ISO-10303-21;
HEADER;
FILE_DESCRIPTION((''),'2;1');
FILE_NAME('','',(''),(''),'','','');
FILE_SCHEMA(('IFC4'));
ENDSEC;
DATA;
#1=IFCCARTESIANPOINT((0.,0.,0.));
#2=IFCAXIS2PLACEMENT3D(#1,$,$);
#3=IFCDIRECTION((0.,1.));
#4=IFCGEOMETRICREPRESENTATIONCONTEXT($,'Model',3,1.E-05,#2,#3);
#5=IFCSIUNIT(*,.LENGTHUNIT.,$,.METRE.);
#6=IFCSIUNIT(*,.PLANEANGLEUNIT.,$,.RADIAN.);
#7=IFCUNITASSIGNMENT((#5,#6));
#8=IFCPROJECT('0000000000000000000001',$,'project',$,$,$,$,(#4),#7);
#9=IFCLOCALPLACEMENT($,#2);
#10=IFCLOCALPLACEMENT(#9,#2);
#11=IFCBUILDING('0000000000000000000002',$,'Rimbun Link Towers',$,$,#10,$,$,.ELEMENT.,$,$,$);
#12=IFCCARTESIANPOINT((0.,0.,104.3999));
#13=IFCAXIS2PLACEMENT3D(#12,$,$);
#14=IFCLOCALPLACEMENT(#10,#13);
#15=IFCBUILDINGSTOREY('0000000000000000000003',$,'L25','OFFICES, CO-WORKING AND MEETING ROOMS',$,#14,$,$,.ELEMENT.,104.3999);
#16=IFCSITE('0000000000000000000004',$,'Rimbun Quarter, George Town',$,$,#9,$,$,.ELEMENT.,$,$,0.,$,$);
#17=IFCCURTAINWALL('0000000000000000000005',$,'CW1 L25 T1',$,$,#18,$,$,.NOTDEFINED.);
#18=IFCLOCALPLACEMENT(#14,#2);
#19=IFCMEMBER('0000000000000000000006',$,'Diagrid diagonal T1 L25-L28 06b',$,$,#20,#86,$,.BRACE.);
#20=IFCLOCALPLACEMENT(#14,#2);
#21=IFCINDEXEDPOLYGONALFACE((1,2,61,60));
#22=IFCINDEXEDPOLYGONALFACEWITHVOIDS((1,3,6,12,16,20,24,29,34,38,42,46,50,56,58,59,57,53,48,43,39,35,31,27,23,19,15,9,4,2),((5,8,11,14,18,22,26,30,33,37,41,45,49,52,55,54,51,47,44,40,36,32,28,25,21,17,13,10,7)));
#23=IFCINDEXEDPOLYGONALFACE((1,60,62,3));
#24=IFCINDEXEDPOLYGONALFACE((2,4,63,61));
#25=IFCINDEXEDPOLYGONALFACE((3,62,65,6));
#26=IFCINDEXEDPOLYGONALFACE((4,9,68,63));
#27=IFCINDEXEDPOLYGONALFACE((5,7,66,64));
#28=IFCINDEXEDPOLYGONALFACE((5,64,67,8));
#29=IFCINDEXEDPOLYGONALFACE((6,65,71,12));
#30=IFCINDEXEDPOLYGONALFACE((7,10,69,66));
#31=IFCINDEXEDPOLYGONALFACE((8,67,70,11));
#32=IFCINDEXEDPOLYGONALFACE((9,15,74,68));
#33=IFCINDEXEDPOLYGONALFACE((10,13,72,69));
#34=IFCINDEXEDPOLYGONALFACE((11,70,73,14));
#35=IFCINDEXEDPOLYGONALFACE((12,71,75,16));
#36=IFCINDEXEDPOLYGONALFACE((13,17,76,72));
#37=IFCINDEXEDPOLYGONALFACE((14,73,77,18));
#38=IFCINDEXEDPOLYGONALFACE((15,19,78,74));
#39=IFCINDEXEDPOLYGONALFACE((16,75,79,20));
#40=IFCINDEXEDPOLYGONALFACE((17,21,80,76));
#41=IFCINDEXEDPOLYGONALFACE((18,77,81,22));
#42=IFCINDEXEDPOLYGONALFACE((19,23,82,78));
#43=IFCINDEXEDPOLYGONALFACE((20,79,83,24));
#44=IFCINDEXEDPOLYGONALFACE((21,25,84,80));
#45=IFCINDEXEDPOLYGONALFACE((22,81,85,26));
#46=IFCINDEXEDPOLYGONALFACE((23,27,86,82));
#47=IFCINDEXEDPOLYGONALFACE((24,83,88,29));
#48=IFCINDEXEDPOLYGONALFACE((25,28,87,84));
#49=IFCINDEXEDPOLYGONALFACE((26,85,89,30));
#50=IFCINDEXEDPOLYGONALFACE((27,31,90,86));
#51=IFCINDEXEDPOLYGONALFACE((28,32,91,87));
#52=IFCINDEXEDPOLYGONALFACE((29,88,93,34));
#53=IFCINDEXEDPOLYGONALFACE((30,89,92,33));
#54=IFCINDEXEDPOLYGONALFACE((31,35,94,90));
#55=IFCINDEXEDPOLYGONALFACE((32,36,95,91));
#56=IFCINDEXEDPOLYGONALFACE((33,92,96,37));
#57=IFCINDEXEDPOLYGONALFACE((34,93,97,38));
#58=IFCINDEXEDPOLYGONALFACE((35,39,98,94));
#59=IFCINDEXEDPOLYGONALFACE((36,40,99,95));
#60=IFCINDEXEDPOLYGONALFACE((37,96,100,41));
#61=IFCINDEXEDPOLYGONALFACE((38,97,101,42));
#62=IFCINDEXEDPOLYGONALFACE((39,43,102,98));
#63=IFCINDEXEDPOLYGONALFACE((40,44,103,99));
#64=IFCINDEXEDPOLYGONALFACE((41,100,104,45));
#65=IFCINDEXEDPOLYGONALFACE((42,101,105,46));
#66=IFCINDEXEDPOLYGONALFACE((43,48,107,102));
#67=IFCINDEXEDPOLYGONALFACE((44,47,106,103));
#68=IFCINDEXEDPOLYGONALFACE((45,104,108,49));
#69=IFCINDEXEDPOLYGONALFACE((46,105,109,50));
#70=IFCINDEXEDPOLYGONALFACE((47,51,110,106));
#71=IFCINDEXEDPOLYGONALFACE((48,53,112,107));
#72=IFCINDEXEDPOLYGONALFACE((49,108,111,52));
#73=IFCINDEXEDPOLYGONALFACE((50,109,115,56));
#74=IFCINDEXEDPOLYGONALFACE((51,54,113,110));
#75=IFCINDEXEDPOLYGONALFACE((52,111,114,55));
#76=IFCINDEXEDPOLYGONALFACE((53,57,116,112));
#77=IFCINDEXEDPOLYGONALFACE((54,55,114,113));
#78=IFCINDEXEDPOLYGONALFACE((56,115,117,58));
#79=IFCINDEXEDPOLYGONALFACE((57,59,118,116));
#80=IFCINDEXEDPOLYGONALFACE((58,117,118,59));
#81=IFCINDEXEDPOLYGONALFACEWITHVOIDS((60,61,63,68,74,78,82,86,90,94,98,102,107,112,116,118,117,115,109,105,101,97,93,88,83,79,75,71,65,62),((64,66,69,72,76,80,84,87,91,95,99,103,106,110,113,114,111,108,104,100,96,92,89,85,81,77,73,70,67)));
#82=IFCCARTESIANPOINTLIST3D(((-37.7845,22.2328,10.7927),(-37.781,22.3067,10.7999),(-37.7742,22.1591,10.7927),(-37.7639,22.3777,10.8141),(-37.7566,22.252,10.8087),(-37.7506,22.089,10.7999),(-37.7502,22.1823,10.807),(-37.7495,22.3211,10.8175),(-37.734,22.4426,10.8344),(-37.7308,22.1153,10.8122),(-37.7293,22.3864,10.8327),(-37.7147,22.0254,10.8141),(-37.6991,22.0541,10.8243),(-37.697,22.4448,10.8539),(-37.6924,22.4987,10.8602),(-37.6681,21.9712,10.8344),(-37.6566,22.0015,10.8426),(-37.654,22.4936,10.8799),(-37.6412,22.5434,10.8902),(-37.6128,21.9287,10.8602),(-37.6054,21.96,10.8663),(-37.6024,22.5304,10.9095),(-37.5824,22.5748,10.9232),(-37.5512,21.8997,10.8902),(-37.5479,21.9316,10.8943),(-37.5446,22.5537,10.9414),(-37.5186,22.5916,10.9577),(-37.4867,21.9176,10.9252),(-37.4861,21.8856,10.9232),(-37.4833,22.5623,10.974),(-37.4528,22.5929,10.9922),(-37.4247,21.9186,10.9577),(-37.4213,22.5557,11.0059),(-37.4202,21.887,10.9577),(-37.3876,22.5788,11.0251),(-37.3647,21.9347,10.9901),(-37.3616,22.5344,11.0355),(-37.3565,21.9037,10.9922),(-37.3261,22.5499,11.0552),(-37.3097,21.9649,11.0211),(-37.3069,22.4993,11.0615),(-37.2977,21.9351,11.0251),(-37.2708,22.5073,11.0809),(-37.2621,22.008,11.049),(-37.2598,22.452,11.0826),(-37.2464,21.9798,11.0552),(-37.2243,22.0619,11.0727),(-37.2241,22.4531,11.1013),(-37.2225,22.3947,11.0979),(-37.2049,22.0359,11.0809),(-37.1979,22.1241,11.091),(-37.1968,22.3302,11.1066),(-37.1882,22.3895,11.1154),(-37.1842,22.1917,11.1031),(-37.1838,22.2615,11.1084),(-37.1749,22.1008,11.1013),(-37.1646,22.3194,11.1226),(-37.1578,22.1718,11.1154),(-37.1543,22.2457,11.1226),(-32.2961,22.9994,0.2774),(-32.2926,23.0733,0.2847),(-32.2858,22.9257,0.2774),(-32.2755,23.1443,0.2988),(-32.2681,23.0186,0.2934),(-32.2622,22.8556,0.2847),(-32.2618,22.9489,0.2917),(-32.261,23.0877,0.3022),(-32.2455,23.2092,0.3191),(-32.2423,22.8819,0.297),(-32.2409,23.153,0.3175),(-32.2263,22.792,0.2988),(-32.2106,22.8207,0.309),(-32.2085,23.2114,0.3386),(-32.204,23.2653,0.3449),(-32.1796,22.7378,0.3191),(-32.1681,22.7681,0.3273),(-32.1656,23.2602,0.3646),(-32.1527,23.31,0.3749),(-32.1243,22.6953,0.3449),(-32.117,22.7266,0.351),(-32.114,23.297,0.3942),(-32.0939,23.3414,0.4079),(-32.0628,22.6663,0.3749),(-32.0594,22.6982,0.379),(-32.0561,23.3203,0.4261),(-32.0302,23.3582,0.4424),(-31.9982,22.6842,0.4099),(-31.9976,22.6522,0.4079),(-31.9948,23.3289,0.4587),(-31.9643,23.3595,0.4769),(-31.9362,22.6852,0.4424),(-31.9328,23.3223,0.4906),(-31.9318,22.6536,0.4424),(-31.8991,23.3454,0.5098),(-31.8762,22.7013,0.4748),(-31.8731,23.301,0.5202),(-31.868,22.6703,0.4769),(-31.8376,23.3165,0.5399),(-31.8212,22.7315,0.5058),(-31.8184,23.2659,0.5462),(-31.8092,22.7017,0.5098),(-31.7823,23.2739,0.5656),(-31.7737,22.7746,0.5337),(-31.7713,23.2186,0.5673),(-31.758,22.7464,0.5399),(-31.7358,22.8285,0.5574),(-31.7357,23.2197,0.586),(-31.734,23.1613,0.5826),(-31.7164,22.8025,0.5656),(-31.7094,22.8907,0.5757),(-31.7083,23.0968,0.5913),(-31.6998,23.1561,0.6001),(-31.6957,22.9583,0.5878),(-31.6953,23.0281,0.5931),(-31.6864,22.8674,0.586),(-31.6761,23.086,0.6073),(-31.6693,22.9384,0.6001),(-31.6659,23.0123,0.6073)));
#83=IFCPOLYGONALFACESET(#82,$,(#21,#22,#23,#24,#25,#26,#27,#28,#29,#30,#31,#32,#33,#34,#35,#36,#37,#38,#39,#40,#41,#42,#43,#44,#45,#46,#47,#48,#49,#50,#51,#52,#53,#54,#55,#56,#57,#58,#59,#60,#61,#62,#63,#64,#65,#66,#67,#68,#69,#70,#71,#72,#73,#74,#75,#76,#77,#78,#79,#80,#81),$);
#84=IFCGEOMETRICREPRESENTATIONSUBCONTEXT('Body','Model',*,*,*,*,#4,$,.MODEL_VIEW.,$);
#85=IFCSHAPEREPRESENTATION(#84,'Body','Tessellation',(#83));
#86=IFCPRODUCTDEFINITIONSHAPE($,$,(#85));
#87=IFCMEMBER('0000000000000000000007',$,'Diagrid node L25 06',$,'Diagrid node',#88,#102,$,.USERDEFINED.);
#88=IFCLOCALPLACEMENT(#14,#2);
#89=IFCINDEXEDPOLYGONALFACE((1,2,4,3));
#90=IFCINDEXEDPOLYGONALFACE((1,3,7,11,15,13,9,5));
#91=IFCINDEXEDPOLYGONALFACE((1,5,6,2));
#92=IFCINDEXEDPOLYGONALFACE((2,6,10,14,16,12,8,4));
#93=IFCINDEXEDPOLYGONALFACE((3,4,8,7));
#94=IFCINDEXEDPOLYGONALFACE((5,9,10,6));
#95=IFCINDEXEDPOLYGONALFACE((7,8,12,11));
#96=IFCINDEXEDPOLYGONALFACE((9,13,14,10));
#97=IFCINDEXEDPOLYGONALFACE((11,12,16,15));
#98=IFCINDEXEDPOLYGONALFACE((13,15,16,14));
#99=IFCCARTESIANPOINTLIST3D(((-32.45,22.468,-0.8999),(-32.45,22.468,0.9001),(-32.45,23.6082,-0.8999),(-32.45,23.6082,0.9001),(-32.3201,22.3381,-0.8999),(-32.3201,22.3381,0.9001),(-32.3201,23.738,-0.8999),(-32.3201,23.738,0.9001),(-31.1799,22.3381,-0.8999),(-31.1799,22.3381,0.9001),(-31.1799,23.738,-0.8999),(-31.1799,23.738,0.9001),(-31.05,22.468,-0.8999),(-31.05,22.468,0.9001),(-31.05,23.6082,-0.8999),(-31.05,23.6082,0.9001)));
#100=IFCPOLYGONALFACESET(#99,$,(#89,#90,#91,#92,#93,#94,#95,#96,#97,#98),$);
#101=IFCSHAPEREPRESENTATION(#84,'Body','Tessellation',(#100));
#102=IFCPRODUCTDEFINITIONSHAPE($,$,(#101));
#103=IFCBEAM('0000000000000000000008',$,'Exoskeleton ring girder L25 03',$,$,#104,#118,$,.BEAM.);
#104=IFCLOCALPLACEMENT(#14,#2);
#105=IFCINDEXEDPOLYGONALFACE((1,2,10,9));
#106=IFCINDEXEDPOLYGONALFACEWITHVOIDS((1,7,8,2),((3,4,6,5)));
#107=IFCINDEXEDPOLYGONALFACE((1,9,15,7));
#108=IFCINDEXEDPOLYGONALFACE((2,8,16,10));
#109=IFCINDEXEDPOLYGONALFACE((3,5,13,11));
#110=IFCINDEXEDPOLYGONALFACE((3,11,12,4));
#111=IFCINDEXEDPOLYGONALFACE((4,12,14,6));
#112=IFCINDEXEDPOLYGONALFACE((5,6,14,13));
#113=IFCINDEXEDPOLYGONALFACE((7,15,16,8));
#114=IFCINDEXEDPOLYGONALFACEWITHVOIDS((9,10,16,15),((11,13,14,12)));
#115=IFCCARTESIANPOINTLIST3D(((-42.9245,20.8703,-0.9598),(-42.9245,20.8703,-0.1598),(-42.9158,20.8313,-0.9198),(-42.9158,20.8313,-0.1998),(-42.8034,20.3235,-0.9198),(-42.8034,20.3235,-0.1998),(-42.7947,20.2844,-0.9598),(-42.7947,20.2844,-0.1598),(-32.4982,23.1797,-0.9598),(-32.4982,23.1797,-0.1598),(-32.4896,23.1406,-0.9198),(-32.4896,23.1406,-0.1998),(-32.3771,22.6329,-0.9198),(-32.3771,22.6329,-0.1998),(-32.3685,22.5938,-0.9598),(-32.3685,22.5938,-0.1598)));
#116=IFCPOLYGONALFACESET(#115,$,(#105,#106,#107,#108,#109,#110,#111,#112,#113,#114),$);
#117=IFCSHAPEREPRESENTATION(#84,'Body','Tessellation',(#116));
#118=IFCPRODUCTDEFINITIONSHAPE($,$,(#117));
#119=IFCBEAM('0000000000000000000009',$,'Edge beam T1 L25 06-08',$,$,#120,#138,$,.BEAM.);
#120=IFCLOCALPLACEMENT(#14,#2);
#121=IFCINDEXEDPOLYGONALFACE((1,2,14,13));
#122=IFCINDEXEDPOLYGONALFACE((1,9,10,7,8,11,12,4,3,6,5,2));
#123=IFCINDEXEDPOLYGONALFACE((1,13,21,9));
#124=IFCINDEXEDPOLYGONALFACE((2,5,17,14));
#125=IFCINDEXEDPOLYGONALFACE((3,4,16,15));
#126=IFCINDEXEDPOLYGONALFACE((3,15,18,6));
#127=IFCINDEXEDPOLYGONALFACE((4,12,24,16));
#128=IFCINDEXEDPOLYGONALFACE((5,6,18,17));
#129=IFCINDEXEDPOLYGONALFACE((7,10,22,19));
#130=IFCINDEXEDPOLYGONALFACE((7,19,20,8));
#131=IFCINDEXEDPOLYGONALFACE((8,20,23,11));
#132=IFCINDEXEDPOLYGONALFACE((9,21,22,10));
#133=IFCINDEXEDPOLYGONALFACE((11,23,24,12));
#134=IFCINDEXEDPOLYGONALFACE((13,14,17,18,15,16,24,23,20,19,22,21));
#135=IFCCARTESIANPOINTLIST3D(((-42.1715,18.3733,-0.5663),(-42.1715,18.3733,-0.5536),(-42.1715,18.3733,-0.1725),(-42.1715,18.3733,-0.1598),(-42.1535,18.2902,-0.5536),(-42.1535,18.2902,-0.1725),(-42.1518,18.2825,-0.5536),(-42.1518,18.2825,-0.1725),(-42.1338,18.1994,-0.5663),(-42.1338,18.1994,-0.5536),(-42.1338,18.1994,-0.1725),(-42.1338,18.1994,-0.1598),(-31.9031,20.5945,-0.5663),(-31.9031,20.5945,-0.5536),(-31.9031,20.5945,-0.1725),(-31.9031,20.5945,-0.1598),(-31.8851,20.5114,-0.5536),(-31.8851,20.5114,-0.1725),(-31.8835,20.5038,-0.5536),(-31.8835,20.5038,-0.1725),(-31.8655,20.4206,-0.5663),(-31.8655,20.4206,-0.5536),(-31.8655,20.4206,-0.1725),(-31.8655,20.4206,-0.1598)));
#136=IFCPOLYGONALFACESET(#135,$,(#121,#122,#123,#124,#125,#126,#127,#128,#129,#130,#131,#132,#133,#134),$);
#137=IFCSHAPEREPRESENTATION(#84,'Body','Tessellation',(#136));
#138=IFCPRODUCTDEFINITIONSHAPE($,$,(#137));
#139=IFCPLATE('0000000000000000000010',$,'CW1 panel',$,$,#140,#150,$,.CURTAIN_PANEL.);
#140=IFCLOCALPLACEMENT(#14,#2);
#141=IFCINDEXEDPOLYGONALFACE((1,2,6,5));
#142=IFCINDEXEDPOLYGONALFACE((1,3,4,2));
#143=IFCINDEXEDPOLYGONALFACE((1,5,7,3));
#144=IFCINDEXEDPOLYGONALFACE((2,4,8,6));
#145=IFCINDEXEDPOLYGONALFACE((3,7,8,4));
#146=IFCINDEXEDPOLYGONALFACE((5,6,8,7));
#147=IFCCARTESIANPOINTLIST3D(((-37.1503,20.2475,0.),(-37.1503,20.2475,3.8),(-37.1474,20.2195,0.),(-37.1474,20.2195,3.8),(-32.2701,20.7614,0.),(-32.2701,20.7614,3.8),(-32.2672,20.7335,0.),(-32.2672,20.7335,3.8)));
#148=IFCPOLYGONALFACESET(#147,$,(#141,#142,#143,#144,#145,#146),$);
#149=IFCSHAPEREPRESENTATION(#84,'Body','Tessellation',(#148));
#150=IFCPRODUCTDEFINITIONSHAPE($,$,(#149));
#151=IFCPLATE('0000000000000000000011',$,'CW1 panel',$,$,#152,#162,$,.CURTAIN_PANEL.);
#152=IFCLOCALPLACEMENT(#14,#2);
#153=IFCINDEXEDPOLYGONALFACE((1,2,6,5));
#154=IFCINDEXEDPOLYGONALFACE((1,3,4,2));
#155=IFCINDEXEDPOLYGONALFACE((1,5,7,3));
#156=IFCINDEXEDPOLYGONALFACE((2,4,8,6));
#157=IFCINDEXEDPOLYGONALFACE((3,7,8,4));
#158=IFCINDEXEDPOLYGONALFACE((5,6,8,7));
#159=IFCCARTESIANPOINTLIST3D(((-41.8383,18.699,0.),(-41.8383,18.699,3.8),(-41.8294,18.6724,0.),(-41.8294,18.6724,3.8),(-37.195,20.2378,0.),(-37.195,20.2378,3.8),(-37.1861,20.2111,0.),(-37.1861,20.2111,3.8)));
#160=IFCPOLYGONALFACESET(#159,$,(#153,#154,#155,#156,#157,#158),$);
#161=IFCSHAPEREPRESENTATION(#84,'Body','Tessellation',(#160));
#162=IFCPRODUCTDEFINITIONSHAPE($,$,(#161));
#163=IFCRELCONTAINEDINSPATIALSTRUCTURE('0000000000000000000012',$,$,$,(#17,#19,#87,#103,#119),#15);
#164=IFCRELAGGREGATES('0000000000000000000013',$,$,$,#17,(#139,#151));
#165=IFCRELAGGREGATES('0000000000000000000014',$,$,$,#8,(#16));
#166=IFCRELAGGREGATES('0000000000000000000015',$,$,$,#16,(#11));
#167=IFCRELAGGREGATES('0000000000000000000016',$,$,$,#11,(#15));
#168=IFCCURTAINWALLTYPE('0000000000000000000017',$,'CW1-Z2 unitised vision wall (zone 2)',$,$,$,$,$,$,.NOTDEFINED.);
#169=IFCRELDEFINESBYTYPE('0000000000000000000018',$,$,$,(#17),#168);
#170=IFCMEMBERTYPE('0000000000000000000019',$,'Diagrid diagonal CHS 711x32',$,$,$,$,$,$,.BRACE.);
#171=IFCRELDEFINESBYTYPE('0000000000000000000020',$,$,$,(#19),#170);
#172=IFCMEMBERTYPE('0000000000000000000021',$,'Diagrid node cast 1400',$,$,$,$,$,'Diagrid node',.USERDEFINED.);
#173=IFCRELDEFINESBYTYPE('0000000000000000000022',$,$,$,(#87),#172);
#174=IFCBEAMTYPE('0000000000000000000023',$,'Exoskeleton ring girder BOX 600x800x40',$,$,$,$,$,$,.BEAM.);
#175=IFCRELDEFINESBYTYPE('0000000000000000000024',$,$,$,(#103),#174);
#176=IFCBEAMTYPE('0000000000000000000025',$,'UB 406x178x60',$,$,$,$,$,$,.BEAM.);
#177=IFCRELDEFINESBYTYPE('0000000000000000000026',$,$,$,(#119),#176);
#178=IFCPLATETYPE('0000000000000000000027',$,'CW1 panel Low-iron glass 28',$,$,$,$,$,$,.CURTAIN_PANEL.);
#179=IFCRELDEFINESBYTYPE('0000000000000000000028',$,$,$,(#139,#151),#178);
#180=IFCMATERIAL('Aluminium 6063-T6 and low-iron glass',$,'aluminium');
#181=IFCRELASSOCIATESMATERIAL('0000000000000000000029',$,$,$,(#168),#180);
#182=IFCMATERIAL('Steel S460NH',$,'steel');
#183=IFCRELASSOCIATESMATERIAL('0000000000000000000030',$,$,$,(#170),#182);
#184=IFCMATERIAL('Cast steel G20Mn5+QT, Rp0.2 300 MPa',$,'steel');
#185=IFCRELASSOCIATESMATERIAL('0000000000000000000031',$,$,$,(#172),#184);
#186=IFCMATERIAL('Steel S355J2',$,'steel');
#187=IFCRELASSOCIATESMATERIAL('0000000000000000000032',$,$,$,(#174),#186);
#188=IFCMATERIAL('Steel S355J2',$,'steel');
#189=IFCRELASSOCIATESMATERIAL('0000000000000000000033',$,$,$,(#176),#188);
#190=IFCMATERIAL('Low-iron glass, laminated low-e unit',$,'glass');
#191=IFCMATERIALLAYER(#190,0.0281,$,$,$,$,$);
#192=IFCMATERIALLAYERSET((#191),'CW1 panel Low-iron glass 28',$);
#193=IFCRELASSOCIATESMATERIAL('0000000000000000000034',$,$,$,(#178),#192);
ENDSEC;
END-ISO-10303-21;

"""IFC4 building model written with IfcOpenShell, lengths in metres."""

from ifc_helpers import new_model, si_unit, direction, frame, origin, origin_2d, place, context, subcontext, project, spatial, polyline, rectangle, hollow_rectangle, hollow_circle, i_section, outline, extrude, material, layer, layer_set, material_profile, profile_set, type_object, element, aggregate, save


model = new_model("IFC4")

# Units and contexts
model_context = context("Model", 3, precision=1e-05, world=origin(), true_north=direction((0.0, 1.0)))
body_context = subcontext(model_context, "Body", "Model", "MODEL_VIEW")
ifc_project = project(units=[si_unit("LENGTHUNIT", "METRE"), si_unit("PLANEANGLEUNIT", "RADIAN")], contexts=[model_context])

# Site, building, storey
site_placement = place(None, origin())
site = spatial("IfcSite", under=ifc_project, at=site_placement, Name="Rimbun Quarter, George Town", CompositionType="ELEMENT", RefElevation=0.0)
building_placement = place(site_placement, origin())
building = spatial("IfcBuilding", under=site, at=building_placement, Name="Rimbun Link Towers", CompositionType="ELEMENT")
storey_placement = place(building_placement, frame((0.0, 0.0, 104.3999)))
storey = spatial("IfcBuildingStorey", under=building, at=storey_placement, Name="L25", Description="OFFICES, CO-WORKING AND MEETING ROOMS", CompositionType="ELEMENT", Elevation=104.3999)

# Curtain wall
ifc_material_1 = material(Name="Aluminium 6063-T6 and low-iron glass", Category="aluminium")
curtain_wall_type = type_object("IfcCurtainWallType", Name="CW1-Z2 unitised vision wall (zone 2)", PredefinedType="NOTDEFINED", material=ifc_material_1)
curtain_wall_placement = place(storey_placement, origin())
curtain_wall = element("IfcCurtainWall", 1, at=curtain_wall_placement, inside=storey, type_object=curtain_wall_type, Name="CW1 L25 T1", PredefinedType="NOTDEFINED")

# Members
ifc_material_2 = material(Name="Steel S460NH", Category="steel")
ifc_material_profile_1 = material_profile(ifc_material_2, hollow_circle(Radius=0.3557, WallThickness=0.032, at=origin_2d()), Name="Diagrid diagonal CHS 711x32")
ifc_profile_set_1 = profile_set([ifc_material_profile_1], Name="Steel S460NH")
member_type_1 = type_object("IfcMemberType", Name="Diagrid diagonal CHS 711x32", PredefinedType="BRACE", material=ifc_profile_set_1)
for number, where, z_axis, x_axis, name in (
    (2, (-31.981, 23.0059, 0.4424), (-0.461751, -0.064494, 0.884662), (0.138331, -0.990386, 0.0), "Diagrid diagonal T1 L25-L28 06b"),
):
    element("IfcMember", number, at=place(storey_placement, frame(where, z_axis=z_axis, x_axis=x_axis)), inside=storey, type_object=member_type_1, Name=name, PredefinedType="BRACE", context=body_context, shape_type="SweptSolid", body=[
        extrude(hollow_circle(Radius=0.3557, WallThickness=0.032, at=origin_2d()), origin(), (0.0, 0.0, 1.0), 11.8862),
    ])
ifc_material_3 = material(Name="Cast steel G20Mn5+QT, Rp0.2 300 MPa", Category="steel")
ifc_material_profile_2 = material_profile(ifc_material_3, outline(polyline([(0.7, -0.5701), (0.7, 0.5701), (0.5701, 0.7), (-0.5701, 0.7), (-0.7, 0.5701), (-0.7, -0.5701), (-0.5701, -0.7), (0.5701, -0.7), (0.7, -0.5701)])), Name="NODE 1400x1400")
ifc_profile_set_2 = profile_set([ifc_material_profile_2], Name="Cast steel G20Mn5+QT, Rp0.2 300 MPa")
member_type_2 = type_object("IfcMemberType", Name="Diagrid node cast 1400", ElementType="Diagrid node", PredefinedType="USERDEFINED", material=ifc_profile_set_2)
member_1_placement = place(storey_placement, frame((-31.75, 23.0381, -0.8999), z_axis=(0.0, 0.0, 1.0), x_axis=(0.0, 1.0, 0.0)))
element("IfcMember", 3, at=member_1_placement, inside=storey, type_object=member_type_2, Name="Diagrid node L25 06", ObjectType="Diagrid node", PredefinedType="USERDEFINED", context=body_context, shape_type="SweptSolid", body=[
    extrude(outline(polyline([(0.7, -0.5701), (0.7, 0.5701), (0.5701, 0.7), (-0.5701, 0.7), (-0.7, 0.5701), (-0.7, -0.5701), (-0.5701, -0.7), (0.5701, -0.7), (0.7, -0.5701)])), origin(), (0.0, 0.0, 1.0), 1.8),
])

# Beams
ifc_material_4 = material(Name="Steel S355J2", Category="steel")
ifc_material_profile_3 = material_profile(ifc_material_4, hollow_rectangle(XDim=0.6001, YDim=0.8, WallThickness=0.04, at=origin_2d()), Name="Exoskeleton ring girder BOX 600x800x40")
ifc_profile_set_3 = profile_set([ifc_material_profile_3], Name="Steel S355J2")
beam_type_1 = type_object("IfcBeamType", Name="Exoskeleton ring girder BOX 600x800x40", PredefinedType="BEAM", material=ifc_profile_set_3)
beam_1_placement = place(storey_placement, frame((-32.4333, 22.8867, -0.5598), z_axis=(-0.976338, -0.21625, 0.0), x_axis=(0.21625, -0.976338, 0.0)))
element("IfcBeam", 4, at=beam_1_placement, inside=storey, type_object=beam_type_1, Name="Exoskeleton ring girder L25 03", PredefinedType="BEAM", context=body_context, shape_type="SweptSolid", body=[
    extrude(hollow_rectangle(XDim=0.6001, YDim=0.8, WallThickness=0.04, at=origin_2d()), origin(), (0.0, 0.0, 1.0), 10.679),
])
ifc_material_5 = material(Name="Steel S355J2", Category="steel")
ifc_material_profile_4 = material_profile(ifc_material_5, i_section(OverallWidth=0.178, OverallDepth=0.4065, WebThickness=0.0078, FlangeThickness=0.0127, at=origin_2d()), Name="UB 406x178x60")
ifc_profile_set_4 = profile_set([ifc_material_profile_4], Name="Steel S355J2")
beam_type_2 = type_object("IfcBeamType", Name="UB 406x178x60", PredefinedType="BEAM", material=ifc_profile_set_4)
beam_2_placement = place(storey_placement, frame((-31.8843, 20.5076, -0.363), z_axis=(-0.977394, -0.211425, 0.0), x_axis=(0.211425, -0.977394, 0.0)))
element("IfcBeam", 5, at=beam_2_placement, inside=storey, type_object=beam_type_2, Name="Edge beam T1 L25 06-08", PredefinedType="BEAM", context=body_context, shape_type="SweptSolid", body=[
    extrude(i_section(OverallWidth=0.178, OverallDepth=0.4065, WebThickness=0.0078, FlangeThickness=0.0127, at=origin_2d()), origin(), (0.0, 0.0, 1.0), 10.5059),
])

# Plates
ifc_material_6 = material(Name="Low-iron glass, laminated low-e unit", Category="glass")
ifc_layer_1 = layer(ifc_material_6, 0.0281)
ifc_layer_set_1 = layer_set([ifc_layer_1], Name="CW1 panel Low-iron glass 28")
plate_type = type_object("IfcPlateType", Name="CW1 panel Low-iron glass 28", PredefinedType="CURTAIN_PANEL", material=ifc_layer_set_1)
plate_1_placement = place(storey_placement, frame((-34.7087, 20.4905, 0.0), z_axis=(0.0, 0.0, 1.0), x_axis=(0.994501, 0.104732, 0.0)))
plate_1 = element("IfcPlate", 6, at=plate_1_placement, type_object=plate_type, Name="CW1 panel", PredefinedType="CURTAIN_PANEL", context=body_context, shape_type="SweptSolid", body=[
    extrude(rectangle(XDim=4.9072, YDim=0.0281, at=origin_2d()), origin(), (0.0, 0.0, 1.0), 3.8),
])
plate_2_placement = place(storey_placement, frame((-39.5122, 19.4551, 0.0), z_axis=(0.0, 0.0, 1.0), x_axis=(0.949237, 0.314562, 0.0)))
plate_2 = element("IfcPlate", 7, at=plate_2_placement, type_object=plate_type, Name="CW1 panel", PredefinedType="CURTAIN_PANEL", context=body_context, shape_type="SweptSolid", body=[
    extrude(rectangle(XDim=4.8916, YDim=0.0281, at=origin_2d()), origin(), (0.0, 0.0, 1.0), 3.8),
])
aggregate(curtain_wall, [plate_1, plate_2])

save(model, "model.ifc")
